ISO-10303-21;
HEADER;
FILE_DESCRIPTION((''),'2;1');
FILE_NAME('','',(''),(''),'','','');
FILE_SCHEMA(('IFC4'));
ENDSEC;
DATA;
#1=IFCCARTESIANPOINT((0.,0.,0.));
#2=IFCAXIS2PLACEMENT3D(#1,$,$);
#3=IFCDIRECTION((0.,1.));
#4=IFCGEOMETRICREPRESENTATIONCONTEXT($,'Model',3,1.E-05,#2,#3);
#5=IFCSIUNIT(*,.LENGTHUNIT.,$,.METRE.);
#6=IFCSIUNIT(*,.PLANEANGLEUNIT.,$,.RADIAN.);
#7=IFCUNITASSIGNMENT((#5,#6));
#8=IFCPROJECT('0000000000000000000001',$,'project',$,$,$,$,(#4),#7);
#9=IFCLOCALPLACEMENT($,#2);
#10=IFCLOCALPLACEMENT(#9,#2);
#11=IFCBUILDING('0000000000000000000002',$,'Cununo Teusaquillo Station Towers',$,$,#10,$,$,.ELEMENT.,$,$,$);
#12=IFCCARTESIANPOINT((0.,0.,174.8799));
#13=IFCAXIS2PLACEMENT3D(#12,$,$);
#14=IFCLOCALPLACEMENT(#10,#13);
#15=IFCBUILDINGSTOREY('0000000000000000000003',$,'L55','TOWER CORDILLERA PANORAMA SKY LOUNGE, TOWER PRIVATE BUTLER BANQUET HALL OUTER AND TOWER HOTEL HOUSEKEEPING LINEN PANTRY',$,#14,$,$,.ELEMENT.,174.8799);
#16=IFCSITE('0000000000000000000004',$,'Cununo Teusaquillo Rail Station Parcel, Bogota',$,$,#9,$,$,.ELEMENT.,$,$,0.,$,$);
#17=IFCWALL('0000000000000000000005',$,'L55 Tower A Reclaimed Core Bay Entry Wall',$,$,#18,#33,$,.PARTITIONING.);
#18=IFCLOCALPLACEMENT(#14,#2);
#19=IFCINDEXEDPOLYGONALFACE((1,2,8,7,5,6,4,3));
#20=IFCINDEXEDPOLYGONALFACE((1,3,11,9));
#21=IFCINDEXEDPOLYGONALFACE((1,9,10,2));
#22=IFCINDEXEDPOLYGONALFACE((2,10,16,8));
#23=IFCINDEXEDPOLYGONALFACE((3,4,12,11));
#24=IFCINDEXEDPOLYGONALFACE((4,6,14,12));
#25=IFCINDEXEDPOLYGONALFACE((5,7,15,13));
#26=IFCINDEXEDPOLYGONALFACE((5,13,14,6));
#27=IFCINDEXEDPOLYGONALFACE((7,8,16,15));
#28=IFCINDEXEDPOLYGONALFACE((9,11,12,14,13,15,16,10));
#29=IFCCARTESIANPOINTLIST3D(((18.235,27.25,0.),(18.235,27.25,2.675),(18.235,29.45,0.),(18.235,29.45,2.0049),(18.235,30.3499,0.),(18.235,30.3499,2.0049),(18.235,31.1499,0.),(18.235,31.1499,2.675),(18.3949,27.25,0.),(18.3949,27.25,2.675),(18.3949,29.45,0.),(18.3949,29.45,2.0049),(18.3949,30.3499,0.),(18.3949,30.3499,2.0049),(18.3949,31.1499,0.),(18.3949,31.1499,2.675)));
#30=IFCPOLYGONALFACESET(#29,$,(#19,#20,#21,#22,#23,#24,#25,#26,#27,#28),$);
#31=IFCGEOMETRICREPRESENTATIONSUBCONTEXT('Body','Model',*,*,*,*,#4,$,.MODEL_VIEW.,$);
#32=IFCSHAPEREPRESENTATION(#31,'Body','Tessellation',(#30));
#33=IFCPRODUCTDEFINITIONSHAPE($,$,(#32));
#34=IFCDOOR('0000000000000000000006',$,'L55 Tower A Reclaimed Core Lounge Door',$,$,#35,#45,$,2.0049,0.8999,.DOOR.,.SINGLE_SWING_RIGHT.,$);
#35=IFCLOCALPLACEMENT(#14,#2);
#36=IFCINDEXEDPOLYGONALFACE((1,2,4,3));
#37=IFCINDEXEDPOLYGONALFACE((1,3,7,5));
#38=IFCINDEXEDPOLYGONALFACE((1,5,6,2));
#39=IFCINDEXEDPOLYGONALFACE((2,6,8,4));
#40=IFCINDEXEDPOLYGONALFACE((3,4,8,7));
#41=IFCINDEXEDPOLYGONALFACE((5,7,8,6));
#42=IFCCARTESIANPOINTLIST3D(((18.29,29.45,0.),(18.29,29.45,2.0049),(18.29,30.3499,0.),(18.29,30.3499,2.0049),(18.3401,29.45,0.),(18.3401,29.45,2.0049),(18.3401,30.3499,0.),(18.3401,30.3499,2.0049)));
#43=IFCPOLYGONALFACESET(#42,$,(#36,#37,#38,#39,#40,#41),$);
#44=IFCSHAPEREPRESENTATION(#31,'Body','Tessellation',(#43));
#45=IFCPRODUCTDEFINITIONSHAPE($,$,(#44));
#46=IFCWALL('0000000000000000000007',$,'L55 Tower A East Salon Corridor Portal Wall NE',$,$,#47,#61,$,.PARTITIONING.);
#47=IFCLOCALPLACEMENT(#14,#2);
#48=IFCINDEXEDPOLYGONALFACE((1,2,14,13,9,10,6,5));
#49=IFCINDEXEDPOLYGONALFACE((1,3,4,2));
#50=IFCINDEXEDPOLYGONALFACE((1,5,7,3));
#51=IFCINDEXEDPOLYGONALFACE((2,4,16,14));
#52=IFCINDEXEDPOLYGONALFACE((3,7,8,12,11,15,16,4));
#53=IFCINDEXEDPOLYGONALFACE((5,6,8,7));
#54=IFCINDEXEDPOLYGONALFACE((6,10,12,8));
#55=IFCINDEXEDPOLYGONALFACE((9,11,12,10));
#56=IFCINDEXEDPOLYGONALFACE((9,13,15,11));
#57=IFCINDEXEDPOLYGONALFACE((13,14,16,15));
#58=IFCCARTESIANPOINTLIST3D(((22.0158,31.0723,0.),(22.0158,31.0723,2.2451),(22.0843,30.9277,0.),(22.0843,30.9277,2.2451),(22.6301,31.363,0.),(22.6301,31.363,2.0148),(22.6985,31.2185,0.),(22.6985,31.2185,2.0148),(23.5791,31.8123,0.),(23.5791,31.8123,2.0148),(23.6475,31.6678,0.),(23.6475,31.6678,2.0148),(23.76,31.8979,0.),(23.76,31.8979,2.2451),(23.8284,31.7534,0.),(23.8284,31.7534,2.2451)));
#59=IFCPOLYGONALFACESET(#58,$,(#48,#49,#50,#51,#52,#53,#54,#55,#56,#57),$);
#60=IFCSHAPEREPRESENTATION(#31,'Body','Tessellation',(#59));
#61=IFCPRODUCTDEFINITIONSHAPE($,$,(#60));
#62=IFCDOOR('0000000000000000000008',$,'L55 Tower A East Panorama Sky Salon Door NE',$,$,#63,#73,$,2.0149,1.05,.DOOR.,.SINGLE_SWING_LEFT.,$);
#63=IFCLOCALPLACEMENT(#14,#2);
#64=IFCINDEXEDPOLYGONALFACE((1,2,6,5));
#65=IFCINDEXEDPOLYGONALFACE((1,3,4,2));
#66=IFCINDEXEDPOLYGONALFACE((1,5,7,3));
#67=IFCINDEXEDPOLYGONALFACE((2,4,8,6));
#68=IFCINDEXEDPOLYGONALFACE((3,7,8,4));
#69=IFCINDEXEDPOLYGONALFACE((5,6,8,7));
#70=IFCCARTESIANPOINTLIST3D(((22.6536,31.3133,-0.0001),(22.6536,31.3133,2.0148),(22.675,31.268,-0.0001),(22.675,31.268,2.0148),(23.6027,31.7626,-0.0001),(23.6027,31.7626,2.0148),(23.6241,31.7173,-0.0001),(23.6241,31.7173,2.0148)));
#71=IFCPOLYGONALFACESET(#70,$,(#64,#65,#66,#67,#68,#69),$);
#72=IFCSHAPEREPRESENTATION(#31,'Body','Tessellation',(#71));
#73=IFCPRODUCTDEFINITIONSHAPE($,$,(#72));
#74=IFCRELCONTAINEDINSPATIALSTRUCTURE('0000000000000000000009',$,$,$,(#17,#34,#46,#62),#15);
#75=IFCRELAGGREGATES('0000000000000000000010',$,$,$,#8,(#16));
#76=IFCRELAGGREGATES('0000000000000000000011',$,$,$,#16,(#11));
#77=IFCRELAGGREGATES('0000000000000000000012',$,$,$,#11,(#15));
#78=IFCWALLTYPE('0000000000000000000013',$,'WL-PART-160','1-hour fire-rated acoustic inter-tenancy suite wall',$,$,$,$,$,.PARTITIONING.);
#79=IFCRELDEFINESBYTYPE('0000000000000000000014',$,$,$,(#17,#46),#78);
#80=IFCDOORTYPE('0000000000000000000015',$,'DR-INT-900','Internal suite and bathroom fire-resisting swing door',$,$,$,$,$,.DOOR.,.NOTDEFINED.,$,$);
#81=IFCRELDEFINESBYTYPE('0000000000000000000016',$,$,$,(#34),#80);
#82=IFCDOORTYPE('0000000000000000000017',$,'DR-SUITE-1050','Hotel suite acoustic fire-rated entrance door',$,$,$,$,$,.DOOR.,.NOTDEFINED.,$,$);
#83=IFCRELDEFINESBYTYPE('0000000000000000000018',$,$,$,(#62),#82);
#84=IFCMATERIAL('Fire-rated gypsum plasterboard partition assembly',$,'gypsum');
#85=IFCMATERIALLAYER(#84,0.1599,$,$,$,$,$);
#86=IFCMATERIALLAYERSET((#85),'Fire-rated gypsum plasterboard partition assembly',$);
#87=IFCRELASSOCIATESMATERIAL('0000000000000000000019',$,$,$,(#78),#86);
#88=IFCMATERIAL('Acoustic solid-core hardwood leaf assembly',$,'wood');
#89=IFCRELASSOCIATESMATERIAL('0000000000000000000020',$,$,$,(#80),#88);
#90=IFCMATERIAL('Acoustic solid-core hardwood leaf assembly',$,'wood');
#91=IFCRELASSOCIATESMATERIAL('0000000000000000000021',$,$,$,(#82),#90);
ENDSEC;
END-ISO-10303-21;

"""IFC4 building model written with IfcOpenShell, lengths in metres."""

from ifc_helpers import new_model, si_unit, direction, frame, frame_2d, origin, place, context, subcontext, project, spatial, rectangle, extrude, source, transform, mapped, material, layer, layer_set, type_object, element, fill, save


model = new_model("IFC4")

# Units and contexts
model_context = context("Model", 3, precision=1e-05, world=origin(), true_north=direction((0.0, 1.0)))
body_context = subcontext(model_context, "Body", "Model", "MODEL_VIEW")
ifc_project = project(units=[si_unit("LENGTHUNIT", "METRE"), si_unit("PLANEANGLEUNIT", "RADIAN")], contexts=[model_context])

# Site, building, storey
site_placement = place(None, origin())
site = spatial("IfcSite", under=ifc_project, at=site_placement, Name="Cununo Teusaquillo Rail Station Parcel, Bogota", CompositionType="ELEMENT", RefElevation=0.0)
building_placement = place(site_placement, origin())
building = spatial("IfcBuilding", under=site, at=building_placement, Name="Cununo Teusaquillo Station Towers", CompositionType="ELEMENT")
storey_placement = place(building_placement, frame((0.0, 0.0, 174.8799)))
storey = spatial("IfcBuildingStorey", under=building, at=storey_placement, Name="L55", Description="TOWER CORDILLERA PANORAMA SKY LOUNGE, TOWER PRIVATE BUTLER BANQUET HALL OUTER AND TOWER HOTEL HOUSEKEEPING LINEN PANTRY", CompositionType="ELEMENT", Elevation=174.8799)

# Walls, openings, doors
ifc_material_1 = material(Name="Fire-rated gypsum plasterboard partition assembly", Category="gypsum")
ifc_layer_1 = layer(ifc_material_1, 0.1599)
ifc_layer_set_1 = layer_set([ifc_layer_1], Name="Fire-rated gypsum plasterboard partition assembly")
wall_type = type_object("IfcWallType", Name="WL-PART-160", Description="1-hour fire-rated acoustic inter-tenancy suite wall", PredefinedType="PARTITIONING", material=ifc_layer_set_1)
wall_1_placement = place(storey_placement, frame((18.3149, 27.25, 0.0), z_axis=(0.0, 0.0, 1.0), x_axis=(0.0, 1.0, 0.0)))
wall_1 = element("IfcWall", 1, at=wall_1_placement, inside=storey, type_object=wall_type, Name="L55 Tower A Reclaimed Core Bay Entry Wall", PredefinedType="PARTITIONING", context=body_context, shape_type="SweptSolid", body=[
    extrude(rectangle(XDim=3.8999, YDim=0.1599, at=frame_2d((1.95, 0.0))), origin(), (0.0, 0.0, 1.0), 2.675),
])
shared_shape_1 = source(origin(), body_context, "Body", "SweptSolid", [
    extrude(rectangle(XDim=0.8999, YDim=2.0049, at=frame_2d((0.45, 1.0024))), frame((0.0, 0.0898, 0.0), z_axis=(0.0, -1.0, 0.0), x_axis=(1.0, 0.0, 0.0)), (0.0, 0.0, 1.0), 0.1799),
])
opening_1_placement = place(wall_1_placement, frame((2.2, 0.0, 0.0)))
opening_1 = element("IfcOpeningElement", 2, at=opening_1_placement, cuts=wall_1, PredefinedType="OPENING", context=body_context, shape_type="MappedRepresentation", body=[
    mapped(shared_shape_1, transform((0.0, 0.0, 0.0), x_axis=(1.0, 0.0, 0.0), y_axis=(0.0, 1.0, 0.0), z_axis=(0.0, 0.0, 1.0), scale=1.0)),
])
ifc_material_2 = material(Name="Acoustic solid-core hardwood leaf assembly", Category="wood")
door_type_1 = type_object("IfcDoorType", Name="DR-INT-900", Description="Internal suite and bathroom fire-resisting swing door", OperationType="NOTDEFINED", PredefinedType="DOOR", material=ifc_material_2)
shared_shape_2 = source(origin(), body_context, "Body", "SweptSolid", [
    extrude(rectangle(XDim=0.8999, YDim=2.0049, at=frame_2d((0.45, 1.0024))), frame((0.0, 0.0249, 0.0), z_axis=(0.0, -1.0, 0.0), x_axis=(1.0, 0.0, 0.0)), (0.0, 0.0, 1.0), 0.05),
])
door_1_placement = place(opening_1_placement, origin())
door_1 = element("IfcDoor", 3, at=door_1_placement, inside=storey, type_object=door_type_1, Name="L55 Tower A Reclaimed Core Lounge Door", OperationType="SINGLE_SWING_RIGHT", OverallHeight=2.0049, OverallWidth=0.8999, PredefinedType="DOOR", context=body_context, shape_type="MappedRepresentation", body=[
    mapped(shared_shape_2, transform((0.0, 0.0, 0.0), x_axis=(1.0, 0.0, 0.0), y_axis=(0.0, 1.0, 0.0), z_axis=(0.0, 0.0, 1.0), scale=1.0)),
])
fill(opening_1, door_1)
wall_2_placement = place(storey_placement, frame((22.05, 31.0, 0.0), z_axis=(0.0, 0.0, 1.0), x_axis=(0.903836, 0.42788, 0.0)))
wall_2 = element("IfcWall", 4, at=wall_2_placement, inside=storey, type_object=wall_type, Name="L55 Tower A East Salon Corridor Portal Wall NE", PredefinedType="PARTITIONING", context=body_context, shape_type="SweptSolid", body=[
    extrude(rectangle(XDim=1.9297, YDim=0.1599, at=frame_2d((0.9648, 0.0))), origin(), (0.0, 0.0, 1.0), 2.2451),
])
shared_shape_3 = source(origin(), body_context, "Body", "SweptSolid", [
    extrude(rectangle(XDim=1.05, YDim=2.0149, at=frame_2d((0.5249, 1.0073))), frame((0.0, 0.0898, 0.0), z_axis=(0.0, -1.0, 0.0), x_axis=(1.0, 0.0, 0.0)), (0.0, 0.0, 1.0), 0.1799),
])
opening_2_placement = place(wall_2_placement, frame((0.6797, 0.0, 0.0)))
opening_2 = element("IfcOpeningElement", 5, at=opening_2_placement, cuts=wall_2, PredefinedType="OPENING", context=body_context, shape_type="MappedRepresentation", body=[
    mapped(shared_shape_3, transform((0.0, 0.0, 0.0), x_axis=(1.0, 0.0, 0.0), y_axis=(0.0, 1.0, 0.0), z_axis=(0.0, 0.0, 1.0), scale=1.0)),
])
ifc_material_3 = material(Name="Acoustic solid-core hardwood leaf assembly", Category="wood")
door_type_2 = type_object("IfcDoorType", Name="DR-SUITE-1050", Description="Hotel suite acoustic fire-rated entrance door", OperationType="NOTDEFINED", PredefinedType="DOOR", material=ifc_material_3)
shared_shape_4 = source(origin(), body_context, "Body", "SweptSolid", [
    extrude(rectangle(XDim=1.05, YDim=2.0149, at=frame_2d((0.5249, 1.0073))), frame((0.0, 0.0249, 0.0), z_axis=(0.0, -1.0, 0.0), x_axis=(1.0, 0.0, 0.0)), (0.0, 0.0, 1.0), 0.05),
])
door_2_placement = place(opening_2_placement, origin())
door_2 = element("IfcDoor", 6, at=door_2_placement, inside=storey, type_object=door_type_2, Name="L55 Tower A East Panorama Sky Salon Door NE", OperationType="SINGLE_SWING_LEFT", OverallHeight=2.0149, OverallWidth=1.05, PredefinedType="DOOR", context=body_context, shape_type="MappedRepresentation", body=[
    mapped(shared_shape_4, transform((0.0, 0.0, 0.0), x_axis=(1.0, 0.0, 0.0), y_axis=(0.0, 1.0, 0.0), z_axis=(0.0, 0.0, 1.0), scale=1.0)),
])
fill(opening_2, door_2)

save(model, "model.ifc")
